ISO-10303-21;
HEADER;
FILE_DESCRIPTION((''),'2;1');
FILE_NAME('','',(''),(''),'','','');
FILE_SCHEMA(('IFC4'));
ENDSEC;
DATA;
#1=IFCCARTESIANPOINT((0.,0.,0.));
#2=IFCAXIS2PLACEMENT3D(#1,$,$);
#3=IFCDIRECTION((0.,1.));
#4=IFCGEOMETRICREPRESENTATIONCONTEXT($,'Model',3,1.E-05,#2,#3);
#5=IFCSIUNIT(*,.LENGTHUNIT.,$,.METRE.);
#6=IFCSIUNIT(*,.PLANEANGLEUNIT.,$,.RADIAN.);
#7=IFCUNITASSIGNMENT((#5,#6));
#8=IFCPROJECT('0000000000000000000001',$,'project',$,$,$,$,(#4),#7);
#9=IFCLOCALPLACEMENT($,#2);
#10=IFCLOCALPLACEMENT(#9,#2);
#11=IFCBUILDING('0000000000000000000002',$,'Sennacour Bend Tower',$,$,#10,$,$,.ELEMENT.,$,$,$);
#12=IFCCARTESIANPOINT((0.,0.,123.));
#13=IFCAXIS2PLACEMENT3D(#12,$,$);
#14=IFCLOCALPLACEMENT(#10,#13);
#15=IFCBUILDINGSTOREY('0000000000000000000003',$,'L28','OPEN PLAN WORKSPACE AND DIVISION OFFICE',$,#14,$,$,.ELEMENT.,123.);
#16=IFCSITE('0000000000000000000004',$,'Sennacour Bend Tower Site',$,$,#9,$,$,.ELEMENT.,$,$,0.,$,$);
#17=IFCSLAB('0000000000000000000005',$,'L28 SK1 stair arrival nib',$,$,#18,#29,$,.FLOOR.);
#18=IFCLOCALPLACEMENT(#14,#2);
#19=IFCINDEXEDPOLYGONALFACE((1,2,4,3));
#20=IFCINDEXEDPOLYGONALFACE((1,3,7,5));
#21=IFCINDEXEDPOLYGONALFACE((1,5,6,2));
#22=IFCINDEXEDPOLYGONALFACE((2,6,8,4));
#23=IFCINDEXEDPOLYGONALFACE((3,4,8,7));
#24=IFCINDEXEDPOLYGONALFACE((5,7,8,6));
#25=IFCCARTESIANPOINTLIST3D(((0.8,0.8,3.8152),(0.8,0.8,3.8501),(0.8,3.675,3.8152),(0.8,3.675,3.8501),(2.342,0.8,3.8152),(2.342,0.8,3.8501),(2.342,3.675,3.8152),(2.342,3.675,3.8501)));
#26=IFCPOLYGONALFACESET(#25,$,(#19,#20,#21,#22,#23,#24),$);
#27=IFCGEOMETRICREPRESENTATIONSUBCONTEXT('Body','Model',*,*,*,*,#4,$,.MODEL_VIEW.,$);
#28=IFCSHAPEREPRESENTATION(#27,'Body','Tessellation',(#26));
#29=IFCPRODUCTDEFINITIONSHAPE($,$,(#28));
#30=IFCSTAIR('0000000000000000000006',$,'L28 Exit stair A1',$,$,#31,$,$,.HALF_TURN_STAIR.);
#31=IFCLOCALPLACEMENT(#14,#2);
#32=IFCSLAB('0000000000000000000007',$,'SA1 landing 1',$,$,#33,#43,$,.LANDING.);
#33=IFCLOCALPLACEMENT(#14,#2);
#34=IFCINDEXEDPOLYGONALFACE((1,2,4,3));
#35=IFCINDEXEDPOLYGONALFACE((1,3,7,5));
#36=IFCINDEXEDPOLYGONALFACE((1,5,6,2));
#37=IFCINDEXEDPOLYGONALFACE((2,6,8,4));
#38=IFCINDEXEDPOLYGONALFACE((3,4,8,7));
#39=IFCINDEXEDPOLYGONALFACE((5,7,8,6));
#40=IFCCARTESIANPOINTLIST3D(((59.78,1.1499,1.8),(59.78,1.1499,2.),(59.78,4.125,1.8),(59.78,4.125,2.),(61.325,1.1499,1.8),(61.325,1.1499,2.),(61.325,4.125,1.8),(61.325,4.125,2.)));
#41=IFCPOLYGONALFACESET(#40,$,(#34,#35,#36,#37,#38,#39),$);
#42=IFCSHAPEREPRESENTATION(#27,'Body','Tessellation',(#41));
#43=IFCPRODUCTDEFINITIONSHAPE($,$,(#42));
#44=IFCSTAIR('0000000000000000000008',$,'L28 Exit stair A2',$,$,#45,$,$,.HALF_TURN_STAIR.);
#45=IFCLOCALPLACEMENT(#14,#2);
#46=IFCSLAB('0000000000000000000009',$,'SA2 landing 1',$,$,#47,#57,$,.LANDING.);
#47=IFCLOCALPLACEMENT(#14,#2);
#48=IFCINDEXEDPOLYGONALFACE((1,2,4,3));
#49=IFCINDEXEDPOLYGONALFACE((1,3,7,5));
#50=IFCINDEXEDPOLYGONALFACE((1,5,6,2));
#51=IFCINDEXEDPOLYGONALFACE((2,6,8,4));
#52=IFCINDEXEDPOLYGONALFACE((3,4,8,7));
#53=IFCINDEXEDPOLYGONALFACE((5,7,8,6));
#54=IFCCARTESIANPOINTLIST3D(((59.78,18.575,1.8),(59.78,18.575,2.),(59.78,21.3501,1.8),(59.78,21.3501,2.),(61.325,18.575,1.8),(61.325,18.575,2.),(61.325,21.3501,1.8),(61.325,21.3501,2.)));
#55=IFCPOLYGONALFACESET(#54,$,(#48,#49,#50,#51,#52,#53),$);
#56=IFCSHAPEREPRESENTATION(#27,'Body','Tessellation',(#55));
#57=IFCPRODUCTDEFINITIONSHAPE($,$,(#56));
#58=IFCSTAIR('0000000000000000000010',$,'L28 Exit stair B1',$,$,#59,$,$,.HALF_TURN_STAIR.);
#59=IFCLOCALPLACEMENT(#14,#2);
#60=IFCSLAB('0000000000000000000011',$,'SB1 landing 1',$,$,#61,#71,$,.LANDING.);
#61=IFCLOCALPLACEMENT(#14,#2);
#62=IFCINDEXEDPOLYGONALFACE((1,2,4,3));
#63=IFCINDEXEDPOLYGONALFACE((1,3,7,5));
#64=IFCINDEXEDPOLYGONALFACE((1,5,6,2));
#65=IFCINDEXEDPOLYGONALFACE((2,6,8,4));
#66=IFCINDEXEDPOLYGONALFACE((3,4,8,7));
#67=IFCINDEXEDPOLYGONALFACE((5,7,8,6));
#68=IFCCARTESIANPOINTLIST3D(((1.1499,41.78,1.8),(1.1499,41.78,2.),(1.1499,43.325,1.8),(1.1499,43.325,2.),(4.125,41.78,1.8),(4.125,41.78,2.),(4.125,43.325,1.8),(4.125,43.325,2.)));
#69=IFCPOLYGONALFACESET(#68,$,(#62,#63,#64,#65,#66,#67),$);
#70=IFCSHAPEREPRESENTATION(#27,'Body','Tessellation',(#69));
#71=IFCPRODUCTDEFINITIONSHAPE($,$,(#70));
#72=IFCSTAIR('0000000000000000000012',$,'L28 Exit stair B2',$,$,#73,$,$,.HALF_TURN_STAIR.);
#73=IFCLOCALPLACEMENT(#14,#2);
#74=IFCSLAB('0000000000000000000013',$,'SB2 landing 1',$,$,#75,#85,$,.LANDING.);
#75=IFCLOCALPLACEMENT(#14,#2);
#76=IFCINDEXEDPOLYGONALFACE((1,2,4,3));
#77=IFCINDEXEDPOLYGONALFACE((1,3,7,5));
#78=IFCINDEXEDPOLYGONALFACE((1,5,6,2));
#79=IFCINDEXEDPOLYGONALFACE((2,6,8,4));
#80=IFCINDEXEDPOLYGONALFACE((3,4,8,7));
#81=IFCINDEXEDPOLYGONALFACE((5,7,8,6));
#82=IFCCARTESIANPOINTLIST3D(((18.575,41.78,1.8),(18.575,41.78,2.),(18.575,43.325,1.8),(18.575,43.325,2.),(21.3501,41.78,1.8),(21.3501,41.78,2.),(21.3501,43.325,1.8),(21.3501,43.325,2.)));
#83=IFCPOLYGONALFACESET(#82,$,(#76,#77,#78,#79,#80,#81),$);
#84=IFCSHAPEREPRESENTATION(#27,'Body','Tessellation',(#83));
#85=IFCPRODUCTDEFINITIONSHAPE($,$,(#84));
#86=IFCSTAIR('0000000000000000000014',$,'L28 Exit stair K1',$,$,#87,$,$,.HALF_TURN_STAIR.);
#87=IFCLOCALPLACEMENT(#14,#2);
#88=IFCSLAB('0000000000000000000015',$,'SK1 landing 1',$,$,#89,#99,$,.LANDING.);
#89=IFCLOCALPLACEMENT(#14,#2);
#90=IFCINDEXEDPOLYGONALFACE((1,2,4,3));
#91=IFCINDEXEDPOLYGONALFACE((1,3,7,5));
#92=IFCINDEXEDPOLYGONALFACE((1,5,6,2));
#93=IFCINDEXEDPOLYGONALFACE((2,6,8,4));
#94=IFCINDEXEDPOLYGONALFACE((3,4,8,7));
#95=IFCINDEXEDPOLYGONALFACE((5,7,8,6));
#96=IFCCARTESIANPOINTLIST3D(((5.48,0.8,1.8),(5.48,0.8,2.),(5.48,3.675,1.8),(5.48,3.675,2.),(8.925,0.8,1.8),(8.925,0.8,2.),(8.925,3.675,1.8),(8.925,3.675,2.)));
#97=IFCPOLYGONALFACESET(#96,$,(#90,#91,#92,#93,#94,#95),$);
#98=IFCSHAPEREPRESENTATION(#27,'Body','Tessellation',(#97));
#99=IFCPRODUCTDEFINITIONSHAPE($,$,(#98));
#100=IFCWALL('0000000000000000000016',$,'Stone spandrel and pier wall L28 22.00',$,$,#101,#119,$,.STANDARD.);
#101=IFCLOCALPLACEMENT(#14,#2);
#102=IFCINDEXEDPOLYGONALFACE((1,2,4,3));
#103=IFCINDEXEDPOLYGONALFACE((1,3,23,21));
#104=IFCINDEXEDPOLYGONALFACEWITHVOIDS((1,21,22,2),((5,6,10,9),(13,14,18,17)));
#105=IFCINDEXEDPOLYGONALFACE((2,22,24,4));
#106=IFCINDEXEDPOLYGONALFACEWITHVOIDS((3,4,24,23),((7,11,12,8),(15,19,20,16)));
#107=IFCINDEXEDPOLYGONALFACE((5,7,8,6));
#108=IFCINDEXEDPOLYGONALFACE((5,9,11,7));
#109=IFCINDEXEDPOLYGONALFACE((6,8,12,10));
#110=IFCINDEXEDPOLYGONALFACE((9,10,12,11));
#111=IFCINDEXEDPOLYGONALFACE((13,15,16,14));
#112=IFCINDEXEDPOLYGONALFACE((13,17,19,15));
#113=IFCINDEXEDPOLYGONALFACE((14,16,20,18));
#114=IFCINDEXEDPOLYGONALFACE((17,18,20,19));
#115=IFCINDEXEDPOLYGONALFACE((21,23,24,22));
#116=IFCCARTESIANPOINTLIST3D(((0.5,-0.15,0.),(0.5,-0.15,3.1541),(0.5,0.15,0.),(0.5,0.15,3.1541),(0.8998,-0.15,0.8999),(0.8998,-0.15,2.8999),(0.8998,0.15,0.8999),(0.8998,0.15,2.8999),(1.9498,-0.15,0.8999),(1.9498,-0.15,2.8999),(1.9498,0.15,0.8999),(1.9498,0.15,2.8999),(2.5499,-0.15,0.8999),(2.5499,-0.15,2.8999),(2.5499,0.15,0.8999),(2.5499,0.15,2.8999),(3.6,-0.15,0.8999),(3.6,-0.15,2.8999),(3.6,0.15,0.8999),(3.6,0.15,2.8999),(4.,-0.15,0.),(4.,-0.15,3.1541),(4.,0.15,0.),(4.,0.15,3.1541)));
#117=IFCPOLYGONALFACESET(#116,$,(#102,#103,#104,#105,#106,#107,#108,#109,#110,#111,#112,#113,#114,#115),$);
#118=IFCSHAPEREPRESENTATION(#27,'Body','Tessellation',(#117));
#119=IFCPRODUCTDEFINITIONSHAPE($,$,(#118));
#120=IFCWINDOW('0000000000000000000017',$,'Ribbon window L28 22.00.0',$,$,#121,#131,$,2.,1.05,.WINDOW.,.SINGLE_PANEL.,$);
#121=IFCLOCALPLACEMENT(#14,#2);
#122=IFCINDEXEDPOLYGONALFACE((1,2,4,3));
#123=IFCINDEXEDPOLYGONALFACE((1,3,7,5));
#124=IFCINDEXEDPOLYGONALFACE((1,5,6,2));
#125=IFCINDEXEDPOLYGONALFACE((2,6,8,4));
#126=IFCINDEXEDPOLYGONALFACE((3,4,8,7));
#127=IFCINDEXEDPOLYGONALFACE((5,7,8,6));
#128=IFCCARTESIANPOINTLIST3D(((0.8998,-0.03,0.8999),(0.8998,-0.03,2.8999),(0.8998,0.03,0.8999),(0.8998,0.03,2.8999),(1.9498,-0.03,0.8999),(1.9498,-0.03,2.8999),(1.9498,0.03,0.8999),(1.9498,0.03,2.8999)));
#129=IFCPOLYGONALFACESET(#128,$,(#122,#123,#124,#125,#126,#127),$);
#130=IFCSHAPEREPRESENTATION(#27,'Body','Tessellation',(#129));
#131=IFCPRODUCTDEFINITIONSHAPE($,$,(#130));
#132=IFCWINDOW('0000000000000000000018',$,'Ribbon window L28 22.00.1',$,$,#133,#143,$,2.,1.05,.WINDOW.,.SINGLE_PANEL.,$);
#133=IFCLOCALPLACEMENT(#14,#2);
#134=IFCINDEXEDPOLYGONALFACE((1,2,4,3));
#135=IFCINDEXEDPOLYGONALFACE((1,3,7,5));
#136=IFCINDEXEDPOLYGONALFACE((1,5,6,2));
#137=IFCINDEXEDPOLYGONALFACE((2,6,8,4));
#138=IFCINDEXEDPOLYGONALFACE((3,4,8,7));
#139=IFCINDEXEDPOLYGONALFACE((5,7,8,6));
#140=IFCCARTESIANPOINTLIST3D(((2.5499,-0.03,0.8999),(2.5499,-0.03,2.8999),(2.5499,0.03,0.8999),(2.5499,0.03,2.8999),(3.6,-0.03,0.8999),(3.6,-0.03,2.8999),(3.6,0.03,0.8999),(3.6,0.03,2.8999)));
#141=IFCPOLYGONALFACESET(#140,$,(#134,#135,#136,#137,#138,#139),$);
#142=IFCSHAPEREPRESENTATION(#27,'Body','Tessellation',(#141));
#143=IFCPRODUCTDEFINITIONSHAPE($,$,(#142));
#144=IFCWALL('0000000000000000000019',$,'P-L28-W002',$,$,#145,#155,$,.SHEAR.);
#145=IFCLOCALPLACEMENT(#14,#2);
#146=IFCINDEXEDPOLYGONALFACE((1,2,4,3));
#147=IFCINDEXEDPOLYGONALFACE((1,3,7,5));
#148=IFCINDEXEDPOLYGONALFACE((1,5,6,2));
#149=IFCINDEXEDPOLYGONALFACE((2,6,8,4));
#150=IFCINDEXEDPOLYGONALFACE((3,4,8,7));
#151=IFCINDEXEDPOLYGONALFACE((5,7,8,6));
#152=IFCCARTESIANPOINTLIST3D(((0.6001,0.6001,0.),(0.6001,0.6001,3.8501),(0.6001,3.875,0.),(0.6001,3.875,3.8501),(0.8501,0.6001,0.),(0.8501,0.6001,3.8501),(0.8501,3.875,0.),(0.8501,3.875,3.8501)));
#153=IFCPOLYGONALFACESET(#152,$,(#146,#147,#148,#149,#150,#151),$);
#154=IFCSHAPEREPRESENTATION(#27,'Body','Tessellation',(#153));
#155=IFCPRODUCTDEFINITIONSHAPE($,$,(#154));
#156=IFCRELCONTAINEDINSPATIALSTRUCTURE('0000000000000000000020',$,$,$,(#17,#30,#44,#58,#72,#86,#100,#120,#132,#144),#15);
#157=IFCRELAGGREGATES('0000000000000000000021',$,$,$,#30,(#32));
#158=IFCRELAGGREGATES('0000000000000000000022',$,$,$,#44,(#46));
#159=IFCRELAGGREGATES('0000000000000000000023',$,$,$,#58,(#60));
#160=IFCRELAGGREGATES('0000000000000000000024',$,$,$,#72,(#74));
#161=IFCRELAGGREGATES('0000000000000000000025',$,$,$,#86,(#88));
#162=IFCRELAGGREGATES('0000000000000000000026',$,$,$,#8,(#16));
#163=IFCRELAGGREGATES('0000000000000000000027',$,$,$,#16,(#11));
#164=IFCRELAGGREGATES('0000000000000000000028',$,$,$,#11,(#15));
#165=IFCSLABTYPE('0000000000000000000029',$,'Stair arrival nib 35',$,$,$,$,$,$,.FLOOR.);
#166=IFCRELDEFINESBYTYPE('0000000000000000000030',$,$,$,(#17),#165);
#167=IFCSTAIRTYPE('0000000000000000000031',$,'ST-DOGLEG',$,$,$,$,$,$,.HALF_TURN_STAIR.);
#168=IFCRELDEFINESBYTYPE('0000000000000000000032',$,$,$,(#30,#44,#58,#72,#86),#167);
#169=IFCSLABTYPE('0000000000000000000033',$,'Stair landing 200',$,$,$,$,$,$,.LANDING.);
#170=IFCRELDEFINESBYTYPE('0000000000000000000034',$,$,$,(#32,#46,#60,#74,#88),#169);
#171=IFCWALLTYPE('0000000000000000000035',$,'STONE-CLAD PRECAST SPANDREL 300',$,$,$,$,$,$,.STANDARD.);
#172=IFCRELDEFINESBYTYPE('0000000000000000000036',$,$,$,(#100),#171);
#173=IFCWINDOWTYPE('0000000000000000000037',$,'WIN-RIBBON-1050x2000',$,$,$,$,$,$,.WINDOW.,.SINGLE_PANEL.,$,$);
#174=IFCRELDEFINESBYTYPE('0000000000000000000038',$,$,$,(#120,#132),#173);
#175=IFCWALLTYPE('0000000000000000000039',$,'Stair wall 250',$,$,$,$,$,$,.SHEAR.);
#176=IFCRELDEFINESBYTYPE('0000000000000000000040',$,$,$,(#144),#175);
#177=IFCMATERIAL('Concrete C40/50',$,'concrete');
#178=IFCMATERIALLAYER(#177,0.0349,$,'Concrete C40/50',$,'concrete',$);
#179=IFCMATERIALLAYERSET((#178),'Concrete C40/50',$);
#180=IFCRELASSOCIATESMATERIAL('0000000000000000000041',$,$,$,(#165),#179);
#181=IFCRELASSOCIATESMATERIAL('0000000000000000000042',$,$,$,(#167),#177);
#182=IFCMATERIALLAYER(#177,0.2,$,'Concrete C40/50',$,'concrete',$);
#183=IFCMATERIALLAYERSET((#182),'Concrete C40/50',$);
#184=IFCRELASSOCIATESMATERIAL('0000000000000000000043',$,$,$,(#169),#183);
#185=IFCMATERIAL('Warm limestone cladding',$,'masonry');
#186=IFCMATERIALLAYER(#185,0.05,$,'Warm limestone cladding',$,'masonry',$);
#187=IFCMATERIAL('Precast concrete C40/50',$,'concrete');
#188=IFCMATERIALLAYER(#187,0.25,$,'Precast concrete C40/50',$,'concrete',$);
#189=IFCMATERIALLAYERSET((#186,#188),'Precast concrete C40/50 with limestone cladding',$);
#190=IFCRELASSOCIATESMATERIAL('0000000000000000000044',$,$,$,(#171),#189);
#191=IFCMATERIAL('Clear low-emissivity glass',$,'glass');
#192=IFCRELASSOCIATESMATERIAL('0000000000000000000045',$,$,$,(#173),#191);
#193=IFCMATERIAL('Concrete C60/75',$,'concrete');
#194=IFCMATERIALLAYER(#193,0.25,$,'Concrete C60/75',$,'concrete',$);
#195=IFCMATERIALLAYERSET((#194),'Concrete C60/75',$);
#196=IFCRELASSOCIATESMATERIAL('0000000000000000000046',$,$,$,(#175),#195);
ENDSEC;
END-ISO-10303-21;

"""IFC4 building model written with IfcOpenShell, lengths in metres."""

from ifc_helpers import new_model, si_unit, direction, frame, frame_2d, origin, place, context, subcontext, project, spatial, polyline, rectangle, outline, extrude, material, layer, layer_set, type_object, element, fill, aggregate, save


model = new_model("IFC4")

# Units and contexts
model_context = context("Model", 3, precision=1e-05, world=origin(), true_north=direction((0.0, 1.0)))
body_context = subcontext(model_context, "Body", "Model", "MODEL_VIEW")
ifc_project = project(units=[si_unit("LENGTHUNIT", "METRE"), si_unit("PLANEANGLEUNIT", "RADIAN")], contexts=[model_context])

# Site, building, storey
site_placement = place(None, origin())
site = spatial("IfcSite", under=ifc_project, at=site_placement, Name="Sennacour Bend Tower Site", CompositionType="ELEMENT", RefElevation=0.0)
building_placement = place(site_placement, origin())
building = spatial("IfcBuilding", under=site, at=building_placement, Name="Sennacour Bend Tower", CompositionType="ELEMENT")
storey_placement = place(building_placement, frame((0.0, 0.0, 123.0)))
storey = spatial("IfcBuildingStorey", under=building, at=storey_placement, Name="L28", Description="OPEN PLAN WORKSPACE AND DIVISION OFFICE", CompositionType="ELEMENT", Elevation=123.0)

# Slab
ifc_material_1 = material(Name="Concrete C40/50", Category="concrete")
ifc_layer_1 = layer(ifc_material_1, 0.0349, Name="Concrete C40/50", Category="concrete")
ifc_layer_set_1 = layer_set([ifc_layer_1], Name="Concrete C40/50")
slab_type_1 = type_object("IfcSlabType", Name="Stair arrival nib 35", PredefinedType="FLOOR", material=ifc_layer_set_1)
slab_1_placement = place(storey_placement, frame((0.0, 0.0, 3.8152)))
element("IfcSlab", 1, at=slab_1_placement, inside=storey, type_object=slab_type_1, Name="L28 SK1 stair arrival nib", PredefinedType="FLOOR", context=body_context, shape_type="SweptSolid", body=[
    extrude(outline(polyline([(2.342, 3.675), (0.8, 3.675), (0.8, 0.8), (2.342, 0.8), (2.342, 3.675)])), origin(), (0.0, 0.0, 1.0), 0.0349),
])

# Stairs, slabs
stair_type = type_object("IfcStairType", Name="ST-DOGLEG", PredefinedType="HALF_TURN_STAIR", material=ifc_material_1)
stair_1_placement = place(storey_placement, origin())
stair_1 = element("IfcStair", 2, at=stair_1_placement, inside=storey, type_object=stair_type, Name="L28 Exit stair A1", PredefinedType="HALF_TURN_STAIR")
ifc_layer_2 = layer(ifc_material_1, 0.2, Name="Concrete C40/50", Category="concrete")
ifc_layer_set_2 = layer_set([ifc_layer_2], Name="Concrete C40/50")
slab_type_2 = type_object("IfcSlabType", Name="Stair landing 200", PredefinedType="LANDING", material=ifc_layer_set_2)
slab_2_placement = place(storey_placement, frame((0.0, 0.0, 1.8)))
slab_2 = element("IfcSlab", 3, at=slab_2_placement, type_object=slab_type_2, Name="SA1 landing 1", PredefinedType="LANDING", context=body_context, shape_type="SweptSolid", body=[
    extrude(outline(polyline([(59.78, 1.1499), (61.325, 1.1499), (61.325, 4.125), (59.78, 4.125), (59.78, 1.1499)])), origin(), (0.0, 0.0, 1.0), 0.2),
])
aggregate(stair_1, [slab_2])
stair_2_placement = place(storey_placement, origin())
stair_2 = element("IfcStair", 4, at=stair_2_placement, inside=storey, type_object=stair_type, Name="L28 Exit stair A2", PredefinedType="HALF_TURN_STAIR")
slab_3_placement = place(storey_placement, frame((0.0, 0.0, 1.8)))
slab_3 = element("IfcSlab", 5, at=slab_3_placement, type_object=slab_type_2, Name="SA2 landing 1", PredefinedType="LANDING", context=body_context, shape_type="SweptSolid", body=[
    extrude(outline(polyline([(59.78, 18.575), (61.325, 18.575), (61.325, 21.3501), (59.78, 21.3501), (59.78, 18.575)])), origin(), (0.0, 0.0, 1.0), 0.2),
])
aggregate(stair_2, [slab_3])
stair_3_placement = place(storey_placement, origin())
stair_3 = element("IfcStair", 6, at=stair_3_placement, inside=storey, type_object=stair_type, Name="L28 Exit stair B1", PredefinedType="HALF_TURN_STAIR")
slab_4_placement = place(storey_placement, frame((0.0, 0.0, 1.8)))
slab_4 = element("IfcSlab", 7, at=slab_4_placement, type_object=slab_type_2, Name="SB1 landing 1", PredefinedType="LANDING", context=body_context, shape_type="SweptSolid", body=[
    extrude(outline(polyline([(1.1499, 41.78), (4.125, 41.78), (4.125, 43.325), (1.1499, 43.325), (1.1499, 41.78)])), origin(), (0.0, 0.0, 1.0), 0.2),
])
aggregate(stair_3, [slab_4])
stair_4_placement = place(storey_placement, origin())
stair_4 = element("IfcStair", 8, at=stair_4_placement, inside=storey, type_object=stair_type, Name="L28 Exit stair B2", PredefinedType="HALF_TURN_STAIR")
slab_5_placement = place(storey_placement, frame((0.0, 0.0, 1.8)))
slab_5 = element("IfcSlab", 9, at=slab_5_placement, type_object=slab_type_2, Name="SB2 landing 1", PredefinedType="LANDING", context=body_context, shape_type="SweptSolid", body=[
    extrude(outline(polyline([(18.575, 41.78), (21.3501, 41.78), (21.3501, 43.325), (18.575, 43.325), (18.575, 41.78)])), origin(), (0.0, 0.0, 1.0), 0.2),
])
aggregate(stair_4, [slab_5])
stair_5_placement = place(storey_placement, origin())
stair_5 = element("IfcStair", 10, at=stair_5_placement, inside=storey, type_object=stair_type, Name="L28 Exit stair K1", PredefinedType="HALF_TURN_STAIR")
slab_6_placement = place(storey_placement, frame((0.0, 0.0, 1.8)))
slab_6 = element("IfcSlab", 11, at=slab_6_placement, type_object=slab_type_2, Name="SK1 landing 1", PredefinedType="LANDING", context=body_context, shape_type="SweptSolid", body=[
    extrude(outline(polyline([(5.48, 0.8), (8.925, 0.8), (8.925, 3.675), (5.48, 3.675), (5.48, 0.8)])), origin(), (0.0, 0.0, 1.0), 0.2),
])
aggregate(stair_5, [slab_6])

# Wall, openings, windows
ifc_material_2 = material(Name="Warm limestone cladding", Category="masonry")
ifc_layer_3 = layer(ifc_material_2, 0.05, Name="Warm limestone cladding", Category="masonry")
ifc_material_3 = material(Name="Precast concrete C40/50", Category="concrete")
ifc_layer_4 = layer(ifc_material_3, 0.25, Name="Precast concrete C40/50", Category="concrete")
ifc_layer_set_3 = layer_set([ifc_layer_3, ifc_layer_4], Name="Precast concrete C40/50 with limestone cladding")
wall_type_1 = type_object("IfcWallType", Name="STONE-CLAD PRECAST SPANDREL 300", PredefinedType="STANDARD", material=ifc_layer_set_3)
wall_1_placement = place(storey_placement, frame((0.5, 0.0, 0.0), z_axis=(0.0, 0.0, 1.0), x_axis=(1.0, 0.0, 0.0)))
wall_1 = element("IfcWall", 12, at=wall_1_placement, inside=storey, type_object=wall_type_1, Name="Stone spandrel and pier wall L28 22.00", PredefinedType="STANDARD", context=body_context, shape_type="SweptSolid", body=[
    extrude(rectangle(XDim=3.5, YDim=0.3, at=frame_2d((1.75, 0.0))), origin(), (0.0, 0.0, 1.0), 3.1541),
])
opening_1_placement = place(wall_1_placement, frame((0.3999, 0.0, 0.8999)))
opening_1 = element("IfcOpeningElement", 13, at=opening_1_placement, cuts=wall_1, PredefinedType="OPENING", context=body_context, shape_type="SweptSolid", body=[
    extrude(rectangle(XDim=1.05, YDim=2.0, at=frame_2d((0.5249, 1.0))), frame((0.0, 0.1602, 0.0), z_axis=(0.0, -1.0, 0.0), x_axis=(1.0, 0.0, 0.0)), (0.0, 0.0, 1.0), 0.3201),
])
opening_2_placement = place(wall_1_placement, frame((2.05, 0.0, 0.8999)))
opening_2 = element("IfcOpeningElement", 14, at=opening_2_placement, cuts=wall_1, PredefinedType="OPENING", context=body_context, shape_type="SweptSolid", body=[
    extrude(rectangle(XDim=1.05, YDim=2.0, at=frame_2d((0.5249, 1.0))), frame((0.0, 0.1602, 0.0), z_axis=(0.0, -1.0, 0.0), x_axis=(1.0, 0.0, 0.0)), (0.0, 0.0, 1.0), 0.3201),
])
ifc_material_4 = material(Name="Clear low-emissivity glass", Category="glass")
window_type = type_object("IfcWindowType", Name="WIN-RIBBON-1050x2000", PartitioningType="SINGLE_PANEL", PredefinedType="WINDOW", material=ifc_material_4)
window_1_placement = place(opening_1_placement, origin())
window_1 = element("IfcWindow", 15, at=window_1_placement, inside=storey, type_object=window_type, Name="Ribbon window L28 22.00.0", OverallHeight=2.0, OverallWidth=1.05, PartitioningType="SINGLE_PANEL", PredefinedType="WINDOW", context=body_context, shape_type="SweptSolid", body=[
    extrude(rectangle(XDim=1.05, YDim=2.0, at=frame_2d((0.5249, 1.0))), frame((0.0, 0.03, 0.0), z_axis=(0.0, -1.0, 0.0), x_axis=(1.0, 0.0, 0.0)), (0.0, 0.0, 1.0), 0.0601),
])
fill(opening_1, window_1)
window_2_placement = place(opening_2_placement, origin())
window_2 = element("IfcWindow", 16, at=window_2_placement, inside=storey, type_object=window_type, Name="Ribbon window L28 22.00.1", OverallHeight=2.0, OverallWidth=1.05, PartitioningType="SINGLE_PANEL", PredefinedType="WINDOW", context=body_context, shape_type="SweptSolid", body=[
    extrude(rectangle(XDim=1.05, YDim=2.0, at=frame_2d((0.5249, 1.0))), frame((0.0, 0.03, 0.0), z_axis=(0.0, -1.0, 0.0), x_axis=(1.0, 0.0, 0.0)), (0.0, 0.0, 1.0), 0.0601),
])
fill(opening_2, window_2)

# Wall
ifc_material_5 = material(Name="Concrete C60/75", Category="concrete")
ifc_layer_5 = layer(ifc_material_5, 0.25, Name="Concrete C60/75", Category="concrete")
ifc_layer_set_4 = layer_set([ifc_layer_5], Name="Concrete C60/75")
wall_type_2 = type_object("IfcWallType", Name="Stair wall 250", PredefinedType="SHEAR", material=ifc_layer_set_4)
wall_2_placement = place(storey_placement, frame((0.7251, 0.6001, 0.0), z_axis=(0.0, 0.0, 1.0), x_axis=(0.0, 1.0, 0.0)))
element("IfcWall", 17, at=wall_2_placement, inside=storey, type_object=wall_type_2, Name="P-L28-W002", PredefinedType="SHEAR", context=body_context, shape_type="SweptSolid", body=[
    extrude(rectangle(XDim=3.2749, YDim=0.25, at=frame_2d((1.6375, 0.0))), origin(), (0.0, 0.0, 1.0), 3.8501),
])

save(model, "model.ifc")
